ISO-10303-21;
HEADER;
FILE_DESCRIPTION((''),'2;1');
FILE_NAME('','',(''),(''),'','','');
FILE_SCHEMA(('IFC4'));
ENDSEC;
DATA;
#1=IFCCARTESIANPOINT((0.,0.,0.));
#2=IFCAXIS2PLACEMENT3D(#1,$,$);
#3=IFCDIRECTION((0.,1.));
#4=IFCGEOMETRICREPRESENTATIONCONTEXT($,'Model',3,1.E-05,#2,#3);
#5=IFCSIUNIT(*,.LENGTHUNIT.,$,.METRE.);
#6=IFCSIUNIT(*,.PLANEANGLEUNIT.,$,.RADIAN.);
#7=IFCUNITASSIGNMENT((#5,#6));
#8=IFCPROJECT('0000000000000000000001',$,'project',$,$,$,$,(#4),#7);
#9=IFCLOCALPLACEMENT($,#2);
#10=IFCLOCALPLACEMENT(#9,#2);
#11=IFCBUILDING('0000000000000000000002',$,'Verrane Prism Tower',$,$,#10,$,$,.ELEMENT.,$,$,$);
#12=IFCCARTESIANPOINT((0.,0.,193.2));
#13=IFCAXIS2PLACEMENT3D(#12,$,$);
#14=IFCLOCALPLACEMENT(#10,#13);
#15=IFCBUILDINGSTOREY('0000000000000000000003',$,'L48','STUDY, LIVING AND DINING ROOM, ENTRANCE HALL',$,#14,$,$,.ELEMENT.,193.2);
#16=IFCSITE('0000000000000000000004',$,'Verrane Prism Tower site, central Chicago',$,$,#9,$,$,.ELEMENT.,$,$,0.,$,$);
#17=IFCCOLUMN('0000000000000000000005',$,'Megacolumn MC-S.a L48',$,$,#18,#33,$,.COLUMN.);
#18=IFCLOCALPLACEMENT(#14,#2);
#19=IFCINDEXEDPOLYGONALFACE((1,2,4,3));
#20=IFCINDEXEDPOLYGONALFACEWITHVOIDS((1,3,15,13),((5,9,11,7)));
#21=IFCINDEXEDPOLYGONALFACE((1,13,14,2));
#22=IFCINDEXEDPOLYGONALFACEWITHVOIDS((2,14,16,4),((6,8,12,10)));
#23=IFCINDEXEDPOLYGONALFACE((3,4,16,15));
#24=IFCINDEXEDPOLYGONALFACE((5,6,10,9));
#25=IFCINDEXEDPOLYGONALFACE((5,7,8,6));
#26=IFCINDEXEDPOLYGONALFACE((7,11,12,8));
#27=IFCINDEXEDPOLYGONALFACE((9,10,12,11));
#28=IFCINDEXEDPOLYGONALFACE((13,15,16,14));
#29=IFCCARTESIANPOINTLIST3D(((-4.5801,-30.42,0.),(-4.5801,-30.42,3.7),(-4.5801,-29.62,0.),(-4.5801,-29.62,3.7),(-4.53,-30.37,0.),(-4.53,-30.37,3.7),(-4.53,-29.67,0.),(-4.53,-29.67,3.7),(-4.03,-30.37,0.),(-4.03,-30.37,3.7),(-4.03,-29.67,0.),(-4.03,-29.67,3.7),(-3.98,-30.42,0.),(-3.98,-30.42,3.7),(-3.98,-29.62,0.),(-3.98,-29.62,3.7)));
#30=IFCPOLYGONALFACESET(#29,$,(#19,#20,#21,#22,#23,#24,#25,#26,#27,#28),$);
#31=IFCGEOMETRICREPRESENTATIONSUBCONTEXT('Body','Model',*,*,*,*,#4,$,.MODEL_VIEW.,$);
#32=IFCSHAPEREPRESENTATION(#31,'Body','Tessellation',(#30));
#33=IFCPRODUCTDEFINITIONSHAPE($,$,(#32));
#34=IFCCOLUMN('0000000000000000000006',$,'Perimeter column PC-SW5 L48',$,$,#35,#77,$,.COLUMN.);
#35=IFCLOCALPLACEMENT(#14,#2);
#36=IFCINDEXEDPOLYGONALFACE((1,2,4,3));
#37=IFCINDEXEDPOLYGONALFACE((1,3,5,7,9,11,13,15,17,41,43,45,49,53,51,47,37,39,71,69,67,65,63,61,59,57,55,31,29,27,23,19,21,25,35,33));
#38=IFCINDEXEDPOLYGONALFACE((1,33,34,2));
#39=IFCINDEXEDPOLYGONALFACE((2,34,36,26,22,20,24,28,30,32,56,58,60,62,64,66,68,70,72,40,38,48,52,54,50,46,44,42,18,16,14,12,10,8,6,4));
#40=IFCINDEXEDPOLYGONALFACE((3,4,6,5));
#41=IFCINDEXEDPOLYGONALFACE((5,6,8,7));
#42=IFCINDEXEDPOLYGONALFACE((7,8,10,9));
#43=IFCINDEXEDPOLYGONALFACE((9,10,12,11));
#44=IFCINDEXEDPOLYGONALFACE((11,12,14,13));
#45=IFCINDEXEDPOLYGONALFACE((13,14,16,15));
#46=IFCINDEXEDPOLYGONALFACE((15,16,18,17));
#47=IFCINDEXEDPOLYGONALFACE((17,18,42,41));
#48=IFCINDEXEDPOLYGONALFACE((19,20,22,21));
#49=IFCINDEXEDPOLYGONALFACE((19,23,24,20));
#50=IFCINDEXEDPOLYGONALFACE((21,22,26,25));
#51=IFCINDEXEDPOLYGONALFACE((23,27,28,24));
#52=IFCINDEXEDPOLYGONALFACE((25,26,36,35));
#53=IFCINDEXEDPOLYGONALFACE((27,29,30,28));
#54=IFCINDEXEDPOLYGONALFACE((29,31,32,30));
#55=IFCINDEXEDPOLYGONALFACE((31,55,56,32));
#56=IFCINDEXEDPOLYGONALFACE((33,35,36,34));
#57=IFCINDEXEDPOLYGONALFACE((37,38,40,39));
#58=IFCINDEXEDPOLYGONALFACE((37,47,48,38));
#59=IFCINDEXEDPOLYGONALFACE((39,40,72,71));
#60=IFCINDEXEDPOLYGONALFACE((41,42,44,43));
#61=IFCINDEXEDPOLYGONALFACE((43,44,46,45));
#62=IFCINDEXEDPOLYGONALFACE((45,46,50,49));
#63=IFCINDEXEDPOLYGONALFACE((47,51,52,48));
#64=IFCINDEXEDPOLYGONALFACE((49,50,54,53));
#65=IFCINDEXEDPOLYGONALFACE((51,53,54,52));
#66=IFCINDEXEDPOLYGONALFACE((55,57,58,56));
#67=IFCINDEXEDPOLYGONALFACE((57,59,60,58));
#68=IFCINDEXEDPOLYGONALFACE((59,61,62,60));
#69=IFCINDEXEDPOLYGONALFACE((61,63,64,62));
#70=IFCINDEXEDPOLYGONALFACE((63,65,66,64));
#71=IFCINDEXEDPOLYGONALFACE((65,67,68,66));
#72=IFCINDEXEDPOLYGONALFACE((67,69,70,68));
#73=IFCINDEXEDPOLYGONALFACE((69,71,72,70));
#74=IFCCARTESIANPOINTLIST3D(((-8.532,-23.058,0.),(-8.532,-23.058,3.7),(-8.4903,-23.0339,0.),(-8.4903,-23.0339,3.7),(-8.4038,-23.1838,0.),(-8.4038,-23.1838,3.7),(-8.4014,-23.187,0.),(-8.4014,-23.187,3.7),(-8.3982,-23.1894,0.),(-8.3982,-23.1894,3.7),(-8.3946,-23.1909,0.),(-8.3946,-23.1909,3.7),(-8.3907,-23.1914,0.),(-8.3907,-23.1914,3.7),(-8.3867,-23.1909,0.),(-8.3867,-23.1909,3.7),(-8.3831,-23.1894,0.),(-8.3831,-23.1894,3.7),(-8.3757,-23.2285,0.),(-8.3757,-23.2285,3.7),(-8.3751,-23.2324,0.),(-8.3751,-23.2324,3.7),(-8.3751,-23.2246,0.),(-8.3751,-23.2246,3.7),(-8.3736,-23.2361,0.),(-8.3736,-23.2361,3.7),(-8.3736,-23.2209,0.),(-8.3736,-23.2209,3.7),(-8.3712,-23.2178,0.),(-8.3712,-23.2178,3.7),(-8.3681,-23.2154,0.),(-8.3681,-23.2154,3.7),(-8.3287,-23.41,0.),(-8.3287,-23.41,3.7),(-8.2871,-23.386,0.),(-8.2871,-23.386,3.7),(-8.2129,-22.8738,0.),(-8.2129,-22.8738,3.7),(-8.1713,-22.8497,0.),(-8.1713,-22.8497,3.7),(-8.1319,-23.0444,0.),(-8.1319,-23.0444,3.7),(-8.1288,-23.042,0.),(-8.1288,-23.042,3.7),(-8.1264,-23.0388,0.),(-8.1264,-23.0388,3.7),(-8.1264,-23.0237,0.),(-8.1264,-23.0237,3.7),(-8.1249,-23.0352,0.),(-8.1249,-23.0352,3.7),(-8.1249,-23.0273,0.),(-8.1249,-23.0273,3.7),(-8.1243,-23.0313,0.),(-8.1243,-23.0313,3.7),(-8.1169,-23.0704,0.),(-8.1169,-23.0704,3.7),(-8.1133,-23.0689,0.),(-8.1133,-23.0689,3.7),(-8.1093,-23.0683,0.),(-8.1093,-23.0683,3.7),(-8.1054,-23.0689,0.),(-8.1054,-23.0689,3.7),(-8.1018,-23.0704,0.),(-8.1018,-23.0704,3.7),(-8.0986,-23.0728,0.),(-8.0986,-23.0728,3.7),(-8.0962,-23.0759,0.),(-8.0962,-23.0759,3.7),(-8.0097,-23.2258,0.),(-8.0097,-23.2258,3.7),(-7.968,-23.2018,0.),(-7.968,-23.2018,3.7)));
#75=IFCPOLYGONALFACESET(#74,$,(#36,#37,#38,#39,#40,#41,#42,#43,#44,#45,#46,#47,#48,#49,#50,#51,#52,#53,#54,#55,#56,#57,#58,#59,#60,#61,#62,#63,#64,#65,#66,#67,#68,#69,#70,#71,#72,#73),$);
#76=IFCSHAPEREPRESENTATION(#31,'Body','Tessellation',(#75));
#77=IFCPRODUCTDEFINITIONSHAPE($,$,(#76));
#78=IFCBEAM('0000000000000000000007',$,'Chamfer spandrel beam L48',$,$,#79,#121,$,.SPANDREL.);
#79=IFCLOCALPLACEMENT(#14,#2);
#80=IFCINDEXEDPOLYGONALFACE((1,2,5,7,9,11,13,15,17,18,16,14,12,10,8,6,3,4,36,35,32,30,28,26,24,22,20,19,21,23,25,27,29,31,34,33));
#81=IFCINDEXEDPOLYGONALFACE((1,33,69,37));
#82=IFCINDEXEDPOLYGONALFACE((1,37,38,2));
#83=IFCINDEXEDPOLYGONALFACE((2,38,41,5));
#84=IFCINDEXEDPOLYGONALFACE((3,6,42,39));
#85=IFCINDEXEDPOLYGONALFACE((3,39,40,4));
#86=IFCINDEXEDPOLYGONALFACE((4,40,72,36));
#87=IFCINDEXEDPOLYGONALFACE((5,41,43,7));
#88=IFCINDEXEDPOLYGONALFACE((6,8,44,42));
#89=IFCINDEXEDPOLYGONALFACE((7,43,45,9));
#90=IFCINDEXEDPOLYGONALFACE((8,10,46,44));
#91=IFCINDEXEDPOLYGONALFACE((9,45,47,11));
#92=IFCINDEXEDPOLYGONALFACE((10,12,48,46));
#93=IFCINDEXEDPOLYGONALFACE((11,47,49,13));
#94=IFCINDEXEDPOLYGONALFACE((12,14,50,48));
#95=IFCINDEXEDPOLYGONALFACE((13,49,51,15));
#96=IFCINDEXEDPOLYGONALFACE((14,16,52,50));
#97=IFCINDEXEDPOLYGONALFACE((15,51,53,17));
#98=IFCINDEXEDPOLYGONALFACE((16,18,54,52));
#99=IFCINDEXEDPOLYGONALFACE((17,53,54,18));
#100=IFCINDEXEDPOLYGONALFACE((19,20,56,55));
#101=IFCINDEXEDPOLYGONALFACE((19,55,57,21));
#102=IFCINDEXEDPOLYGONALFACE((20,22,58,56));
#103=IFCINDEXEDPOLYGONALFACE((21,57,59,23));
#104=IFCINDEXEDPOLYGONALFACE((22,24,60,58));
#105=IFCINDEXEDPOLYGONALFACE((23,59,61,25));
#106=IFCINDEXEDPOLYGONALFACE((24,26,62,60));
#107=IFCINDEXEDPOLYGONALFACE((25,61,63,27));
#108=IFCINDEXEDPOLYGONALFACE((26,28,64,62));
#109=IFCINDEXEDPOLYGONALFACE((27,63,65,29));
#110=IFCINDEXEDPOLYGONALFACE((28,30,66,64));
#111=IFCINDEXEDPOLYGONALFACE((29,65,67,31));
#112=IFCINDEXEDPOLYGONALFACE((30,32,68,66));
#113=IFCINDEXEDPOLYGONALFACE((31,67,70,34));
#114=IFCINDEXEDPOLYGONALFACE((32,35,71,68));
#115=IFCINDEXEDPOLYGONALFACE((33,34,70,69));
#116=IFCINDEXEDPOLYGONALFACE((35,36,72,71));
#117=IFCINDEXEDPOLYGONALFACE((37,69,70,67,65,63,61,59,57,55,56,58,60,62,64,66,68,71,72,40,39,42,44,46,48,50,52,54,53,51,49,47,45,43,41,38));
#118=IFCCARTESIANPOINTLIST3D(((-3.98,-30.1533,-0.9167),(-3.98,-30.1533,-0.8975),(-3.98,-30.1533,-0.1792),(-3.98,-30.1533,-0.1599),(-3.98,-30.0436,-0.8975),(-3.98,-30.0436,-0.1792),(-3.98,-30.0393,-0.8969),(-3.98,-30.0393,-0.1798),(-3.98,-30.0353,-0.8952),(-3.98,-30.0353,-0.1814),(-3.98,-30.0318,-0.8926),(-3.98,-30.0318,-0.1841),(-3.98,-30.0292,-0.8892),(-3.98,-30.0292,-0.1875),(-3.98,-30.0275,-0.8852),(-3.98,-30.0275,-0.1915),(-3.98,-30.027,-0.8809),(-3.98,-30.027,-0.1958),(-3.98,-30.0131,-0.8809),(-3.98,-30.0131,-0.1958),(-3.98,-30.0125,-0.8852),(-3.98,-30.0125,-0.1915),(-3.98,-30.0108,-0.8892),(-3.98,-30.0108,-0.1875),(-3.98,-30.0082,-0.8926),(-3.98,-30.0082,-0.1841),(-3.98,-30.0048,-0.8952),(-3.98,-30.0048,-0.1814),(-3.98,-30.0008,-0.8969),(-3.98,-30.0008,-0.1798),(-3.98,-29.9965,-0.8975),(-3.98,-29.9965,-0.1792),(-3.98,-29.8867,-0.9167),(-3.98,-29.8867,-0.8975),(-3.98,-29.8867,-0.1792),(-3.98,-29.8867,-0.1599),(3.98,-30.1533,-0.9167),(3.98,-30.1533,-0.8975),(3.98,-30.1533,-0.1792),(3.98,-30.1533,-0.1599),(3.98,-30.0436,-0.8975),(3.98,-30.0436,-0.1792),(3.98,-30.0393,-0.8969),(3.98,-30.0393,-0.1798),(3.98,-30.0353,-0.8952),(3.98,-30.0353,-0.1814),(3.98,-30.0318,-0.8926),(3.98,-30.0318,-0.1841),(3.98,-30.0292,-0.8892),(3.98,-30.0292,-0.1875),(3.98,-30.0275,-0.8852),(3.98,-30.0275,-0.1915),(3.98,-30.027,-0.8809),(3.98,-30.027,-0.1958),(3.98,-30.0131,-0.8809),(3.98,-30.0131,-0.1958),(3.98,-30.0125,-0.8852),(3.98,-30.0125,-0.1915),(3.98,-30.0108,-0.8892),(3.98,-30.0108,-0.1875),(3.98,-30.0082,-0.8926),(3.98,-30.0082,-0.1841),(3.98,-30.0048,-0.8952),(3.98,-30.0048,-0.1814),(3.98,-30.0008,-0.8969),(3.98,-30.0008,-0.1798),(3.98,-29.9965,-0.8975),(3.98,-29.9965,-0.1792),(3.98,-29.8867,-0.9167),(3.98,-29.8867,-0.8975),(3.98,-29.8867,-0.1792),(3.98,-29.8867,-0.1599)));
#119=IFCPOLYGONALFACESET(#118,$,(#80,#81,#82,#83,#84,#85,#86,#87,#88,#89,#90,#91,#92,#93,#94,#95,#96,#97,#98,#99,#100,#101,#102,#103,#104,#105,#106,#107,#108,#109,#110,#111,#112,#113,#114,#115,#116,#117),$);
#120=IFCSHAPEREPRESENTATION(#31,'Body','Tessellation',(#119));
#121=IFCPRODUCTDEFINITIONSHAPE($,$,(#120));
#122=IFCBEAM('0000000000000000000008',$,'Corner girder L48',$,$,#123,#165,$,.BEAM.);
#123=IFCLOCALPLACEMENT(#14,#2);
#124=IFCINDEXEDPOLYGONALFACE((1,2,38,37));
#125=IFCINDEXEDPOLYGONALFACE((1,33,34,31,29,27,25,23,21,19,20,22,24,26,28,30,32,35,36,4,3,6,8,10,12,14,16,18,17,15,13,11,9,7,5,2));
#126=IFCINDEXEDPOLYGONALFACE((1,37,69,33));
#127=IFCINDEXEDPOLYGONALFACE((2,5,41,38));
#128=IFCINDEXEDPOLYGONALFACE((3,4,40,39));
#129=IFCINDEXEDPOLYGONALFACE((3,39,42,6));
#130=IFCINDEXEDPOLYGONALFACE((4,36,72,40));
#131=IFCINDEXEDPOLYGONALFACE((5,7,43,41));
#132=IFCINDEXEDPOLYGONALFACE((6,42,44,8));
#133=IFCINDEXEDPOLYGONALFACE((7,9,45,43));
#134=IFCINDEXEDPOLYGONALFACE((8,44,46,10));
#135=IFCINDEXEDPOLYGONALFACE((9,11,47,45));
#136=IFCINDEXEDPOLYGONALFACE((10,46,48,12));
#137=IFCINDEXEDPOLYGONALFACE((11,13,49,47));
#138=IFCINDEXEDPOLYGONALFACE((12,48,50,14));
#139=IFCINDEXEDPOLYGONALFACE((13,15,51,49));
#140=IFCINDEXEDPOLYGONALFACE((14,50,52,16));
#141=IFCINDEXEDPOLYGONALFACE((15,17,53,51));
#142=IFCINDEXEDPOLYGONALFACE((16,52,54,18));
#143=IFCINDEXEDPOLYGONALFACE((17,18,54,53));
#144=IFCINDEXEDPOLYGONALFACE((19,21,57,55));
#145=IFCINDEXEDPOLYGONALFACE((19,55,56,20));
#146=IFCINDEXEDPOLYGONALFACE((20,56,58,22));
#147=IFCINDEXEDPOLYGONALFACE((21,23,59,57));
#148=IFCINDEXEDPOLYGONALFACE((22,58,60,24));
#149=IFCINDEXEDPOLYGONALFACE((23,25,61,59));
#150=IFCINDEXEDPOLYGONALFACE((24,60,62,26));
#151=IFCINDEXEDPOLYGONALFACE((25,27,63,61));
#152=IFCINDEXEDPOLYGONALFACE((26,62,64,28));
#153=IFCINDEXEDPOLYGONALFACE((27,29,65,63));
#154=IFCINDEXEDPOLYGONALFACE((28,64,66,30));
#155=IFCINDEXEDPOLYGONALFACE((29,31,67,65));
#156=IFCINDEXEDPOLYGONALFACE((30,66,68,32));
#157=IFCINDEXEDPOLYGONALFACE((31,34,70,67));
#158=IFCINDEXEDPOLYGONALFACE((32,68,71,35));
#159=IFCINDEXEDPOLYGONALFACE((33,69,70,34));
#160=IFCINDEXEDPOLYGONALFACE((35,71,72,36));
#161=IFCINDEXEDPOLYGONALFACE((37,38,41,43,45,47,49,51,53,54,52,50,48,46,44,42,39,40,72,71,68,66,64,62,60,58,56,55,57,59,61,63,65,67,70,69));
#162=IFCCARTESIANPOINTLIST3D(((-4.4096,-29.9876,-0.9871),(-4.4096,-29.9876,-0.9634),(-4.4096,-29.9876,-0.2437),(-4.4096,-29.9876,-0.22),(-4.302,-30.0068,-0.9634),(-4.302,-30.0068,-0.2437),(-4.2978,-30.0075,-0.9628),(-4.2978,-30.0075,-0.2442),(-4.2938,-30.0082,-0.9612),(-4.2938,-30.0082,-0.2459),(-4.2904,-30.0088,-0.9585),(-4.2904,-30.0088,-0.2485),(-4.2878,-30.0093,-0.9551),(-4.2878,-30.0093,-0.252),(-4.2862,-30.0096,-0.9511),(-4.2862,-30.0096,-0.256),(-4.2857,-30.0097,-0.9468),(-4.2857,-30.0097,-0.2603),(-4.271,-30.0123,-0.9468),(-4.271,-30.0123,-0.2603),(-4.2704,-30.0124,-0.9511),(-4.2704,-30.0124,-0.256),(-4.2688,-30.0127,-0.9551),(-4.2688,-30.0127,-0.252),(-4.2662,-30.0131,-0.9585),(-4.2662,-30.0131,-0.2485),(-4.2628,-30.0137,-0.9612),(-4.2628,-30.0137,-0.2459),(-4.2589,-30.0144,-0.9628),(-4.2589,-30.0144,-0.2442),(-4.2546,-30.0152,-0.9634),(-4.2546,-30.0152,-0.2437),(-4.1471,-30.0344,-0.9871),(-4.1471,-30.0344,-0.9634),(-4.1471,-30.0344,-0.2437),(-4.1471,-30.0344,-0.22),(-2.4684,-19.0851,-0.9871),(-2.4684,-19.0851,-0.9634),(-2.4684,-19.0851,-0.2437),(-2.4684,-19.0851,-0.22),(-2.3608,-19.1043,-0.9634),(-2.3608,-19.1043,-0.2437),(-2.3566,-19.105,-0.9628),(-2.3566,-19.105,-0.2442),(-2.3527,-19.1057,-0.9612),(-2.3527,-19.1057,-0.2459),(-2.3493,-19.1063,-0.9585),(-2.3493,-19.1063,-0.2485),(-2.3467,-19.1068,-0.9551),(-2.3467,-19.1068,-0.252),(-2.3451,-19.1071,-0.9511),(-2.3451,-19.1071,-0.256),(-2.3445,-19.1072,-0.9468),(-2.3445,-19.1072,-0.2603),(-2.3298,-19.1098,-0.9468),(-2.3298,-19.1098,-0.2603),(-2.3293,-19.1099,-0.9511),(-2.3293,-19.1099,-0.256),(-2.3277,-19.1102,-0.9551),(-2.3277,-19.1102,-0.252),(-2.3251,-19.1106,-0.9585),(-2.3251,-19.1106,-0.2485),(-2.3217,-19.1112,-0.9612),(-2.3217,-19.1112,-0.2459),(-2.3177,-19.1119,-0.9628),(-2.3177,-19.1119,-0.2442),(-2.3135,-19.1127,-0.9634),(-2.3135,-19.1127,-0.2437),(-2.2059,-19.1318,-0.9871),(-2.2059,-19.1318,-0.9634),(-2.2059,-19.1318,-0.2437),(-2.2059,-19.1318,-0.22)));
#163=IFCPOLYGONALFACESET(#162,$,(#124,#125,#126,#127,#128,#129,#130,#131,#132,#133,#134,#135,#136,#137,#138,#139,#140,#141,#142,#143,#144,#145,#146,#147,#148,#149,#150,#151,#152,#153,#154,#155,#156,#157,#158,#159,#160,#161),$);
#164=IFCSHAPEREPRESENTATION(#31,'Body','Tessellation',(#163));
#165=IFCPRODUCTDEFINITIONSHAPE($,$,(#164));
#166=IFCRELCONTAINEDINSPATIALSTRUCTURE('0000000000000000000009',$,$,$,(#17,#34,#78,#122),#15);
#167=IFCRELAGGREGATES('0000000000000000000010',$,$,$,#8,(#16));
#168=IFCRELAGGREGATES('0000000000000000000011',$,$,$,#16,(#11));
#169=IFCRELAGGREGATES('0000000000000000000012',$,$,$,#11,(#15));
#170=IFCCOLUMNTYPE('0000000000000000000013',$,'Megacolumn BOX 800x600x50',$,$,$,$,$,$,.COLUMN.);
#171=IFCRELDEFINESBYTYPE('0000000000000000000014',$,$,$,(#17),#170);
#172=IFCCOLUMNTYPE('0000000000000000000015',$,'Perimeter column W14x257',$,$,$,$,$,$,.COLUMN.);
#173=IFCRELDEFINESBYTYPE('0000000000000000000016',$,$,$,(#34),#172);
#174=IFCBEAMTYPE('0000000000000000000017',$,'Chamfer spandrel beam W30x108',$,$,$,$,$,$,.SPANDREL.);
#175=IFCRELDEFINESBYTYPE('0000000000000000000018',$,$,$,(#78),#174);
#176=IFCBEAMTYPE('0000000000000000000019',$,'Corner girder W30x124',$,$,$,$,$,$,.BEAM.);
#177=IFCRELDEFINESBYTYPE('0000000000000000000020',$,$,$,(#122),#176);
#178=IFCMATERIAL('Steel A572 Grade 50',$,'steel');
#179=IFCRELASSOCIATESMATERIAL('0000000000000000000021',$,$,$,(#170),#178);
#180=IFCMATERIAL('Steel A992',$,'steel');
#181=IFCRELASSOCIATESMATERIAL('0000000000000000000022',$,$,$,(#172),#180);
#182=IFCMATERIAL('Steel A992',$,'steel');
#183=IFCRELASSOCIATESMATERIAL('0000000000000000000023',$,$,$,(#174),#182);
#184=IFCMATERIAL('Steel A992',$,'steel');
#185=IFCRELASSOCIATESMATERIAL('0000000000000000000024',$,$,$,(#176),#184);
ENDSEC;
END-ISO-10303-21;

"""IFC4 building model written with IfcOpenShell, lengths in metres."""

from ifc_helpers import new_model, si_unit, direction, frame, origin, origin_2d, place, context, subcontext, project, spatial, hollow_rectangle, i_section, extrude, material, material_profile, profile_set, type_object, element, save


model = new_model("IFC4")

# Units and contexts
model_context = context("Model", 3, precision=1e-05, world=origin(), true_north=direction((0.0, 1.0)))
body_context = subcontext(model_context, "Body", "Model", "MODEL_VIEW")
ifc_project = project(units=[si_unit("LENGTHUNIT", "METRE"), si_unit("PLANEANGLEUNIT", "RADIAN")], contexts=[model_context])

# Site, building, storey
site_placement = place(None, origin())
site = spatial("IfcSite", under=ifc_project, at=site_placement, Name="Verrane Prism Tower site, central Chicago", CompositionType="ELEMENT", RefElevation=0.0)
building_placement = place(site_placement, origin())
building = spatial("IfcBuilding", under=site, at=building_placement, Name="Verrane Prism Tower", CompositionType="ELEMENT")
storey_placement = place(building_placement, frame((0.0, 0.0, 193.2)))
storey = spatial("IfcBuildingStorey", under=building, at=storey_placement, Name="L48", Description="STUDY, LIVING AND DINING ROOM, ENTRANCE HALL", CompositionType="ELEMENT", Elevation=193.2)

# Columns
ifc_material_1 = material(Name="Steel A572 Grade 50", Category="steel")
ifc_material_profile_1 = material_profile(ifc_material_1, hollow_rectangle(XDim=0.6001, YDim=0.8, WallThickness=0.05, at=origin_2d()), Name="BOX 800x600x50")
ifc_profile_set_1 = profile_set([ifc_material_profile_1], Name="Steel A572 Grade 50")
column_type_1 = type_object("IfcColumnType", Name="Megacolumn BOX 800x600x50", PredefinedType="COLUMN", material=ifc_profile_set_1)
column_1_placement = place(storey_placement, frame((-4.28, -30.02, 0.0), z_axis=(0.0, 0.0, 1.0), x_axis=(-1.0, 0.0, 0.0)))
element("IfcColumn", 1, at=column_1_placement, inside=storey, type_object=column_type_1, Name="Megacolumn MC-S.a L48", PredefinedType="COLUMN", context=body_context, shape_type="SweptSolid", body=[
    extrude(hollow_rectangle(XDim=0.6001, YDim=0.8, WallThickness=0.05, at=origin_2d()), origin(), (0.0, 0.0, 1.0), 3.7),
])
ifc_material_2 = material(Name="Steel A992", Category="steel")
ifc_material_profile_2 = material_profile(ifc_material_2, i_section(OverallWidth=0.4065, OverallDepth=0.4165, WebThickness=0.03, FlangeThickness=0.0481, FilletRadius=0.0151, at=origin_2d()), Name="W14x257")
ifc_profile_set_2 = profile_set([ifc_material_profile_2], Name="Steel A992")
column_type_2 = type_object("IfcColumnType", Name="Perimeter column W14x257", PredefinedType="COLUMN", material=ifc_profile_set_2)
column_2_placement = place(storey_placement, frame((-8.25, -23.1299, 0.0), z_axis=(0.0, 0.0, 1.0), x_axis=(-0.5, 0.866025, 0.0)))
element("IfcColumn", 2, at=column_2_placement, inside=storey, type_object=column_type_2, Name="Perimeter column PC-SW5 L48", PredefinedType="COLUMN", context=body_context, shape_type="SweptSolid", body=[
    extrude(i_section(OverallWidth=0.4065, OverallDepth=0.4165, WebThickness=0.03, FlangeThickness=0.0481, FilletRadius=0.0151, at=origin_2d()), origin(), (0.0, 0.0, 1.0), 3.7),
])

# Beams
ifc_material_3 = material(Name="Steel A992", Category="steel")
ifc_material_profile_3 = material_profile(ifc_material_3, i_section(OverallWidth=0.2666, OverallDepth=0.7568, WebThickness=0.0139, FlangeThickness=0.0193, FilletRadius=0.0166, at=origin_2d()), Name="W30x108")
ifc_profile_set_3 = profile_set([ifc_material_profile_3], Name="Steel A992")
beam_type_1 = type_object("IfcBeamType", Name="Chamfer spandrel beam W30x108", PredefinedType="SPANDREL", material=ifc_profile_set_3)
beam_1_placement = place(storey_placement, frame((-3.98, -30.02, -0.5383), z_axis=(1.0, 0.0, 0.0), x_axis=(0.0, 1.0, 0.0)))
element("IfcBeam", 3, at=beam_1_placement, inside=storey, type_object=beam_type_1, Name="Chamfer spandrel beam L48", PredefinedType="SPANDREL", context=body_context, shape_type="SweptSolid", body=[
    extrude(i_section(OverallWidth=0.2666, OverallDepth=0.7568, WebThickness=0.0139, FlangeThickness=0.0193, FilletRadius=0.0166, at=origin_2d()), origin(), (0.0, 0.0, 1.0), 7.96),
])
ifc_material_4 = material(Name="Steel A992", Category="steel")
ifc_material_profile_4 = material_profile(ifc_material_4, i_section(OverallWidth=0.2666, OverallDepth=0.7671, WebThickness=0.0149, FlangeThickness=0.0237, FilletRadius=0.0166, at=origin_2d()), Name="W30x124")
ifc_profile_set_4 = profile_set([ifc_material_profile_4], Name="Steel A992")
beam_type_2 = type_object("IfcBeamType", Name="Corner girder W30x124", PredefinedType="BEAM", material=ifc_profile_set_4)
beam_2_placement = place(storey_placement, frame((-4.2783, -30.011, -0.6035), z_axis=(0.175289, 0.984517, 0.0), x_axis=(-0.984517, 0.175289, 0.0)))
element("IfcBeam", 4, at=beam_2_placement, inside=storey, type_object=beam_type_2, Name="Corner girder L48", PredefinedType="BEAM", context=body_context, shape_type="SweptSolid", body=[
    extrude(i_section(OverallWidth=0.2666, OverallDepth=0.7671, WebThickness=0.0149, FlangeThickness=0.0237, FilletRadius=0.0166, at=origin_2d()), origin(), (0.0, 0.0, 1.0), 11.074),
])

save(model, "model.ifc")
